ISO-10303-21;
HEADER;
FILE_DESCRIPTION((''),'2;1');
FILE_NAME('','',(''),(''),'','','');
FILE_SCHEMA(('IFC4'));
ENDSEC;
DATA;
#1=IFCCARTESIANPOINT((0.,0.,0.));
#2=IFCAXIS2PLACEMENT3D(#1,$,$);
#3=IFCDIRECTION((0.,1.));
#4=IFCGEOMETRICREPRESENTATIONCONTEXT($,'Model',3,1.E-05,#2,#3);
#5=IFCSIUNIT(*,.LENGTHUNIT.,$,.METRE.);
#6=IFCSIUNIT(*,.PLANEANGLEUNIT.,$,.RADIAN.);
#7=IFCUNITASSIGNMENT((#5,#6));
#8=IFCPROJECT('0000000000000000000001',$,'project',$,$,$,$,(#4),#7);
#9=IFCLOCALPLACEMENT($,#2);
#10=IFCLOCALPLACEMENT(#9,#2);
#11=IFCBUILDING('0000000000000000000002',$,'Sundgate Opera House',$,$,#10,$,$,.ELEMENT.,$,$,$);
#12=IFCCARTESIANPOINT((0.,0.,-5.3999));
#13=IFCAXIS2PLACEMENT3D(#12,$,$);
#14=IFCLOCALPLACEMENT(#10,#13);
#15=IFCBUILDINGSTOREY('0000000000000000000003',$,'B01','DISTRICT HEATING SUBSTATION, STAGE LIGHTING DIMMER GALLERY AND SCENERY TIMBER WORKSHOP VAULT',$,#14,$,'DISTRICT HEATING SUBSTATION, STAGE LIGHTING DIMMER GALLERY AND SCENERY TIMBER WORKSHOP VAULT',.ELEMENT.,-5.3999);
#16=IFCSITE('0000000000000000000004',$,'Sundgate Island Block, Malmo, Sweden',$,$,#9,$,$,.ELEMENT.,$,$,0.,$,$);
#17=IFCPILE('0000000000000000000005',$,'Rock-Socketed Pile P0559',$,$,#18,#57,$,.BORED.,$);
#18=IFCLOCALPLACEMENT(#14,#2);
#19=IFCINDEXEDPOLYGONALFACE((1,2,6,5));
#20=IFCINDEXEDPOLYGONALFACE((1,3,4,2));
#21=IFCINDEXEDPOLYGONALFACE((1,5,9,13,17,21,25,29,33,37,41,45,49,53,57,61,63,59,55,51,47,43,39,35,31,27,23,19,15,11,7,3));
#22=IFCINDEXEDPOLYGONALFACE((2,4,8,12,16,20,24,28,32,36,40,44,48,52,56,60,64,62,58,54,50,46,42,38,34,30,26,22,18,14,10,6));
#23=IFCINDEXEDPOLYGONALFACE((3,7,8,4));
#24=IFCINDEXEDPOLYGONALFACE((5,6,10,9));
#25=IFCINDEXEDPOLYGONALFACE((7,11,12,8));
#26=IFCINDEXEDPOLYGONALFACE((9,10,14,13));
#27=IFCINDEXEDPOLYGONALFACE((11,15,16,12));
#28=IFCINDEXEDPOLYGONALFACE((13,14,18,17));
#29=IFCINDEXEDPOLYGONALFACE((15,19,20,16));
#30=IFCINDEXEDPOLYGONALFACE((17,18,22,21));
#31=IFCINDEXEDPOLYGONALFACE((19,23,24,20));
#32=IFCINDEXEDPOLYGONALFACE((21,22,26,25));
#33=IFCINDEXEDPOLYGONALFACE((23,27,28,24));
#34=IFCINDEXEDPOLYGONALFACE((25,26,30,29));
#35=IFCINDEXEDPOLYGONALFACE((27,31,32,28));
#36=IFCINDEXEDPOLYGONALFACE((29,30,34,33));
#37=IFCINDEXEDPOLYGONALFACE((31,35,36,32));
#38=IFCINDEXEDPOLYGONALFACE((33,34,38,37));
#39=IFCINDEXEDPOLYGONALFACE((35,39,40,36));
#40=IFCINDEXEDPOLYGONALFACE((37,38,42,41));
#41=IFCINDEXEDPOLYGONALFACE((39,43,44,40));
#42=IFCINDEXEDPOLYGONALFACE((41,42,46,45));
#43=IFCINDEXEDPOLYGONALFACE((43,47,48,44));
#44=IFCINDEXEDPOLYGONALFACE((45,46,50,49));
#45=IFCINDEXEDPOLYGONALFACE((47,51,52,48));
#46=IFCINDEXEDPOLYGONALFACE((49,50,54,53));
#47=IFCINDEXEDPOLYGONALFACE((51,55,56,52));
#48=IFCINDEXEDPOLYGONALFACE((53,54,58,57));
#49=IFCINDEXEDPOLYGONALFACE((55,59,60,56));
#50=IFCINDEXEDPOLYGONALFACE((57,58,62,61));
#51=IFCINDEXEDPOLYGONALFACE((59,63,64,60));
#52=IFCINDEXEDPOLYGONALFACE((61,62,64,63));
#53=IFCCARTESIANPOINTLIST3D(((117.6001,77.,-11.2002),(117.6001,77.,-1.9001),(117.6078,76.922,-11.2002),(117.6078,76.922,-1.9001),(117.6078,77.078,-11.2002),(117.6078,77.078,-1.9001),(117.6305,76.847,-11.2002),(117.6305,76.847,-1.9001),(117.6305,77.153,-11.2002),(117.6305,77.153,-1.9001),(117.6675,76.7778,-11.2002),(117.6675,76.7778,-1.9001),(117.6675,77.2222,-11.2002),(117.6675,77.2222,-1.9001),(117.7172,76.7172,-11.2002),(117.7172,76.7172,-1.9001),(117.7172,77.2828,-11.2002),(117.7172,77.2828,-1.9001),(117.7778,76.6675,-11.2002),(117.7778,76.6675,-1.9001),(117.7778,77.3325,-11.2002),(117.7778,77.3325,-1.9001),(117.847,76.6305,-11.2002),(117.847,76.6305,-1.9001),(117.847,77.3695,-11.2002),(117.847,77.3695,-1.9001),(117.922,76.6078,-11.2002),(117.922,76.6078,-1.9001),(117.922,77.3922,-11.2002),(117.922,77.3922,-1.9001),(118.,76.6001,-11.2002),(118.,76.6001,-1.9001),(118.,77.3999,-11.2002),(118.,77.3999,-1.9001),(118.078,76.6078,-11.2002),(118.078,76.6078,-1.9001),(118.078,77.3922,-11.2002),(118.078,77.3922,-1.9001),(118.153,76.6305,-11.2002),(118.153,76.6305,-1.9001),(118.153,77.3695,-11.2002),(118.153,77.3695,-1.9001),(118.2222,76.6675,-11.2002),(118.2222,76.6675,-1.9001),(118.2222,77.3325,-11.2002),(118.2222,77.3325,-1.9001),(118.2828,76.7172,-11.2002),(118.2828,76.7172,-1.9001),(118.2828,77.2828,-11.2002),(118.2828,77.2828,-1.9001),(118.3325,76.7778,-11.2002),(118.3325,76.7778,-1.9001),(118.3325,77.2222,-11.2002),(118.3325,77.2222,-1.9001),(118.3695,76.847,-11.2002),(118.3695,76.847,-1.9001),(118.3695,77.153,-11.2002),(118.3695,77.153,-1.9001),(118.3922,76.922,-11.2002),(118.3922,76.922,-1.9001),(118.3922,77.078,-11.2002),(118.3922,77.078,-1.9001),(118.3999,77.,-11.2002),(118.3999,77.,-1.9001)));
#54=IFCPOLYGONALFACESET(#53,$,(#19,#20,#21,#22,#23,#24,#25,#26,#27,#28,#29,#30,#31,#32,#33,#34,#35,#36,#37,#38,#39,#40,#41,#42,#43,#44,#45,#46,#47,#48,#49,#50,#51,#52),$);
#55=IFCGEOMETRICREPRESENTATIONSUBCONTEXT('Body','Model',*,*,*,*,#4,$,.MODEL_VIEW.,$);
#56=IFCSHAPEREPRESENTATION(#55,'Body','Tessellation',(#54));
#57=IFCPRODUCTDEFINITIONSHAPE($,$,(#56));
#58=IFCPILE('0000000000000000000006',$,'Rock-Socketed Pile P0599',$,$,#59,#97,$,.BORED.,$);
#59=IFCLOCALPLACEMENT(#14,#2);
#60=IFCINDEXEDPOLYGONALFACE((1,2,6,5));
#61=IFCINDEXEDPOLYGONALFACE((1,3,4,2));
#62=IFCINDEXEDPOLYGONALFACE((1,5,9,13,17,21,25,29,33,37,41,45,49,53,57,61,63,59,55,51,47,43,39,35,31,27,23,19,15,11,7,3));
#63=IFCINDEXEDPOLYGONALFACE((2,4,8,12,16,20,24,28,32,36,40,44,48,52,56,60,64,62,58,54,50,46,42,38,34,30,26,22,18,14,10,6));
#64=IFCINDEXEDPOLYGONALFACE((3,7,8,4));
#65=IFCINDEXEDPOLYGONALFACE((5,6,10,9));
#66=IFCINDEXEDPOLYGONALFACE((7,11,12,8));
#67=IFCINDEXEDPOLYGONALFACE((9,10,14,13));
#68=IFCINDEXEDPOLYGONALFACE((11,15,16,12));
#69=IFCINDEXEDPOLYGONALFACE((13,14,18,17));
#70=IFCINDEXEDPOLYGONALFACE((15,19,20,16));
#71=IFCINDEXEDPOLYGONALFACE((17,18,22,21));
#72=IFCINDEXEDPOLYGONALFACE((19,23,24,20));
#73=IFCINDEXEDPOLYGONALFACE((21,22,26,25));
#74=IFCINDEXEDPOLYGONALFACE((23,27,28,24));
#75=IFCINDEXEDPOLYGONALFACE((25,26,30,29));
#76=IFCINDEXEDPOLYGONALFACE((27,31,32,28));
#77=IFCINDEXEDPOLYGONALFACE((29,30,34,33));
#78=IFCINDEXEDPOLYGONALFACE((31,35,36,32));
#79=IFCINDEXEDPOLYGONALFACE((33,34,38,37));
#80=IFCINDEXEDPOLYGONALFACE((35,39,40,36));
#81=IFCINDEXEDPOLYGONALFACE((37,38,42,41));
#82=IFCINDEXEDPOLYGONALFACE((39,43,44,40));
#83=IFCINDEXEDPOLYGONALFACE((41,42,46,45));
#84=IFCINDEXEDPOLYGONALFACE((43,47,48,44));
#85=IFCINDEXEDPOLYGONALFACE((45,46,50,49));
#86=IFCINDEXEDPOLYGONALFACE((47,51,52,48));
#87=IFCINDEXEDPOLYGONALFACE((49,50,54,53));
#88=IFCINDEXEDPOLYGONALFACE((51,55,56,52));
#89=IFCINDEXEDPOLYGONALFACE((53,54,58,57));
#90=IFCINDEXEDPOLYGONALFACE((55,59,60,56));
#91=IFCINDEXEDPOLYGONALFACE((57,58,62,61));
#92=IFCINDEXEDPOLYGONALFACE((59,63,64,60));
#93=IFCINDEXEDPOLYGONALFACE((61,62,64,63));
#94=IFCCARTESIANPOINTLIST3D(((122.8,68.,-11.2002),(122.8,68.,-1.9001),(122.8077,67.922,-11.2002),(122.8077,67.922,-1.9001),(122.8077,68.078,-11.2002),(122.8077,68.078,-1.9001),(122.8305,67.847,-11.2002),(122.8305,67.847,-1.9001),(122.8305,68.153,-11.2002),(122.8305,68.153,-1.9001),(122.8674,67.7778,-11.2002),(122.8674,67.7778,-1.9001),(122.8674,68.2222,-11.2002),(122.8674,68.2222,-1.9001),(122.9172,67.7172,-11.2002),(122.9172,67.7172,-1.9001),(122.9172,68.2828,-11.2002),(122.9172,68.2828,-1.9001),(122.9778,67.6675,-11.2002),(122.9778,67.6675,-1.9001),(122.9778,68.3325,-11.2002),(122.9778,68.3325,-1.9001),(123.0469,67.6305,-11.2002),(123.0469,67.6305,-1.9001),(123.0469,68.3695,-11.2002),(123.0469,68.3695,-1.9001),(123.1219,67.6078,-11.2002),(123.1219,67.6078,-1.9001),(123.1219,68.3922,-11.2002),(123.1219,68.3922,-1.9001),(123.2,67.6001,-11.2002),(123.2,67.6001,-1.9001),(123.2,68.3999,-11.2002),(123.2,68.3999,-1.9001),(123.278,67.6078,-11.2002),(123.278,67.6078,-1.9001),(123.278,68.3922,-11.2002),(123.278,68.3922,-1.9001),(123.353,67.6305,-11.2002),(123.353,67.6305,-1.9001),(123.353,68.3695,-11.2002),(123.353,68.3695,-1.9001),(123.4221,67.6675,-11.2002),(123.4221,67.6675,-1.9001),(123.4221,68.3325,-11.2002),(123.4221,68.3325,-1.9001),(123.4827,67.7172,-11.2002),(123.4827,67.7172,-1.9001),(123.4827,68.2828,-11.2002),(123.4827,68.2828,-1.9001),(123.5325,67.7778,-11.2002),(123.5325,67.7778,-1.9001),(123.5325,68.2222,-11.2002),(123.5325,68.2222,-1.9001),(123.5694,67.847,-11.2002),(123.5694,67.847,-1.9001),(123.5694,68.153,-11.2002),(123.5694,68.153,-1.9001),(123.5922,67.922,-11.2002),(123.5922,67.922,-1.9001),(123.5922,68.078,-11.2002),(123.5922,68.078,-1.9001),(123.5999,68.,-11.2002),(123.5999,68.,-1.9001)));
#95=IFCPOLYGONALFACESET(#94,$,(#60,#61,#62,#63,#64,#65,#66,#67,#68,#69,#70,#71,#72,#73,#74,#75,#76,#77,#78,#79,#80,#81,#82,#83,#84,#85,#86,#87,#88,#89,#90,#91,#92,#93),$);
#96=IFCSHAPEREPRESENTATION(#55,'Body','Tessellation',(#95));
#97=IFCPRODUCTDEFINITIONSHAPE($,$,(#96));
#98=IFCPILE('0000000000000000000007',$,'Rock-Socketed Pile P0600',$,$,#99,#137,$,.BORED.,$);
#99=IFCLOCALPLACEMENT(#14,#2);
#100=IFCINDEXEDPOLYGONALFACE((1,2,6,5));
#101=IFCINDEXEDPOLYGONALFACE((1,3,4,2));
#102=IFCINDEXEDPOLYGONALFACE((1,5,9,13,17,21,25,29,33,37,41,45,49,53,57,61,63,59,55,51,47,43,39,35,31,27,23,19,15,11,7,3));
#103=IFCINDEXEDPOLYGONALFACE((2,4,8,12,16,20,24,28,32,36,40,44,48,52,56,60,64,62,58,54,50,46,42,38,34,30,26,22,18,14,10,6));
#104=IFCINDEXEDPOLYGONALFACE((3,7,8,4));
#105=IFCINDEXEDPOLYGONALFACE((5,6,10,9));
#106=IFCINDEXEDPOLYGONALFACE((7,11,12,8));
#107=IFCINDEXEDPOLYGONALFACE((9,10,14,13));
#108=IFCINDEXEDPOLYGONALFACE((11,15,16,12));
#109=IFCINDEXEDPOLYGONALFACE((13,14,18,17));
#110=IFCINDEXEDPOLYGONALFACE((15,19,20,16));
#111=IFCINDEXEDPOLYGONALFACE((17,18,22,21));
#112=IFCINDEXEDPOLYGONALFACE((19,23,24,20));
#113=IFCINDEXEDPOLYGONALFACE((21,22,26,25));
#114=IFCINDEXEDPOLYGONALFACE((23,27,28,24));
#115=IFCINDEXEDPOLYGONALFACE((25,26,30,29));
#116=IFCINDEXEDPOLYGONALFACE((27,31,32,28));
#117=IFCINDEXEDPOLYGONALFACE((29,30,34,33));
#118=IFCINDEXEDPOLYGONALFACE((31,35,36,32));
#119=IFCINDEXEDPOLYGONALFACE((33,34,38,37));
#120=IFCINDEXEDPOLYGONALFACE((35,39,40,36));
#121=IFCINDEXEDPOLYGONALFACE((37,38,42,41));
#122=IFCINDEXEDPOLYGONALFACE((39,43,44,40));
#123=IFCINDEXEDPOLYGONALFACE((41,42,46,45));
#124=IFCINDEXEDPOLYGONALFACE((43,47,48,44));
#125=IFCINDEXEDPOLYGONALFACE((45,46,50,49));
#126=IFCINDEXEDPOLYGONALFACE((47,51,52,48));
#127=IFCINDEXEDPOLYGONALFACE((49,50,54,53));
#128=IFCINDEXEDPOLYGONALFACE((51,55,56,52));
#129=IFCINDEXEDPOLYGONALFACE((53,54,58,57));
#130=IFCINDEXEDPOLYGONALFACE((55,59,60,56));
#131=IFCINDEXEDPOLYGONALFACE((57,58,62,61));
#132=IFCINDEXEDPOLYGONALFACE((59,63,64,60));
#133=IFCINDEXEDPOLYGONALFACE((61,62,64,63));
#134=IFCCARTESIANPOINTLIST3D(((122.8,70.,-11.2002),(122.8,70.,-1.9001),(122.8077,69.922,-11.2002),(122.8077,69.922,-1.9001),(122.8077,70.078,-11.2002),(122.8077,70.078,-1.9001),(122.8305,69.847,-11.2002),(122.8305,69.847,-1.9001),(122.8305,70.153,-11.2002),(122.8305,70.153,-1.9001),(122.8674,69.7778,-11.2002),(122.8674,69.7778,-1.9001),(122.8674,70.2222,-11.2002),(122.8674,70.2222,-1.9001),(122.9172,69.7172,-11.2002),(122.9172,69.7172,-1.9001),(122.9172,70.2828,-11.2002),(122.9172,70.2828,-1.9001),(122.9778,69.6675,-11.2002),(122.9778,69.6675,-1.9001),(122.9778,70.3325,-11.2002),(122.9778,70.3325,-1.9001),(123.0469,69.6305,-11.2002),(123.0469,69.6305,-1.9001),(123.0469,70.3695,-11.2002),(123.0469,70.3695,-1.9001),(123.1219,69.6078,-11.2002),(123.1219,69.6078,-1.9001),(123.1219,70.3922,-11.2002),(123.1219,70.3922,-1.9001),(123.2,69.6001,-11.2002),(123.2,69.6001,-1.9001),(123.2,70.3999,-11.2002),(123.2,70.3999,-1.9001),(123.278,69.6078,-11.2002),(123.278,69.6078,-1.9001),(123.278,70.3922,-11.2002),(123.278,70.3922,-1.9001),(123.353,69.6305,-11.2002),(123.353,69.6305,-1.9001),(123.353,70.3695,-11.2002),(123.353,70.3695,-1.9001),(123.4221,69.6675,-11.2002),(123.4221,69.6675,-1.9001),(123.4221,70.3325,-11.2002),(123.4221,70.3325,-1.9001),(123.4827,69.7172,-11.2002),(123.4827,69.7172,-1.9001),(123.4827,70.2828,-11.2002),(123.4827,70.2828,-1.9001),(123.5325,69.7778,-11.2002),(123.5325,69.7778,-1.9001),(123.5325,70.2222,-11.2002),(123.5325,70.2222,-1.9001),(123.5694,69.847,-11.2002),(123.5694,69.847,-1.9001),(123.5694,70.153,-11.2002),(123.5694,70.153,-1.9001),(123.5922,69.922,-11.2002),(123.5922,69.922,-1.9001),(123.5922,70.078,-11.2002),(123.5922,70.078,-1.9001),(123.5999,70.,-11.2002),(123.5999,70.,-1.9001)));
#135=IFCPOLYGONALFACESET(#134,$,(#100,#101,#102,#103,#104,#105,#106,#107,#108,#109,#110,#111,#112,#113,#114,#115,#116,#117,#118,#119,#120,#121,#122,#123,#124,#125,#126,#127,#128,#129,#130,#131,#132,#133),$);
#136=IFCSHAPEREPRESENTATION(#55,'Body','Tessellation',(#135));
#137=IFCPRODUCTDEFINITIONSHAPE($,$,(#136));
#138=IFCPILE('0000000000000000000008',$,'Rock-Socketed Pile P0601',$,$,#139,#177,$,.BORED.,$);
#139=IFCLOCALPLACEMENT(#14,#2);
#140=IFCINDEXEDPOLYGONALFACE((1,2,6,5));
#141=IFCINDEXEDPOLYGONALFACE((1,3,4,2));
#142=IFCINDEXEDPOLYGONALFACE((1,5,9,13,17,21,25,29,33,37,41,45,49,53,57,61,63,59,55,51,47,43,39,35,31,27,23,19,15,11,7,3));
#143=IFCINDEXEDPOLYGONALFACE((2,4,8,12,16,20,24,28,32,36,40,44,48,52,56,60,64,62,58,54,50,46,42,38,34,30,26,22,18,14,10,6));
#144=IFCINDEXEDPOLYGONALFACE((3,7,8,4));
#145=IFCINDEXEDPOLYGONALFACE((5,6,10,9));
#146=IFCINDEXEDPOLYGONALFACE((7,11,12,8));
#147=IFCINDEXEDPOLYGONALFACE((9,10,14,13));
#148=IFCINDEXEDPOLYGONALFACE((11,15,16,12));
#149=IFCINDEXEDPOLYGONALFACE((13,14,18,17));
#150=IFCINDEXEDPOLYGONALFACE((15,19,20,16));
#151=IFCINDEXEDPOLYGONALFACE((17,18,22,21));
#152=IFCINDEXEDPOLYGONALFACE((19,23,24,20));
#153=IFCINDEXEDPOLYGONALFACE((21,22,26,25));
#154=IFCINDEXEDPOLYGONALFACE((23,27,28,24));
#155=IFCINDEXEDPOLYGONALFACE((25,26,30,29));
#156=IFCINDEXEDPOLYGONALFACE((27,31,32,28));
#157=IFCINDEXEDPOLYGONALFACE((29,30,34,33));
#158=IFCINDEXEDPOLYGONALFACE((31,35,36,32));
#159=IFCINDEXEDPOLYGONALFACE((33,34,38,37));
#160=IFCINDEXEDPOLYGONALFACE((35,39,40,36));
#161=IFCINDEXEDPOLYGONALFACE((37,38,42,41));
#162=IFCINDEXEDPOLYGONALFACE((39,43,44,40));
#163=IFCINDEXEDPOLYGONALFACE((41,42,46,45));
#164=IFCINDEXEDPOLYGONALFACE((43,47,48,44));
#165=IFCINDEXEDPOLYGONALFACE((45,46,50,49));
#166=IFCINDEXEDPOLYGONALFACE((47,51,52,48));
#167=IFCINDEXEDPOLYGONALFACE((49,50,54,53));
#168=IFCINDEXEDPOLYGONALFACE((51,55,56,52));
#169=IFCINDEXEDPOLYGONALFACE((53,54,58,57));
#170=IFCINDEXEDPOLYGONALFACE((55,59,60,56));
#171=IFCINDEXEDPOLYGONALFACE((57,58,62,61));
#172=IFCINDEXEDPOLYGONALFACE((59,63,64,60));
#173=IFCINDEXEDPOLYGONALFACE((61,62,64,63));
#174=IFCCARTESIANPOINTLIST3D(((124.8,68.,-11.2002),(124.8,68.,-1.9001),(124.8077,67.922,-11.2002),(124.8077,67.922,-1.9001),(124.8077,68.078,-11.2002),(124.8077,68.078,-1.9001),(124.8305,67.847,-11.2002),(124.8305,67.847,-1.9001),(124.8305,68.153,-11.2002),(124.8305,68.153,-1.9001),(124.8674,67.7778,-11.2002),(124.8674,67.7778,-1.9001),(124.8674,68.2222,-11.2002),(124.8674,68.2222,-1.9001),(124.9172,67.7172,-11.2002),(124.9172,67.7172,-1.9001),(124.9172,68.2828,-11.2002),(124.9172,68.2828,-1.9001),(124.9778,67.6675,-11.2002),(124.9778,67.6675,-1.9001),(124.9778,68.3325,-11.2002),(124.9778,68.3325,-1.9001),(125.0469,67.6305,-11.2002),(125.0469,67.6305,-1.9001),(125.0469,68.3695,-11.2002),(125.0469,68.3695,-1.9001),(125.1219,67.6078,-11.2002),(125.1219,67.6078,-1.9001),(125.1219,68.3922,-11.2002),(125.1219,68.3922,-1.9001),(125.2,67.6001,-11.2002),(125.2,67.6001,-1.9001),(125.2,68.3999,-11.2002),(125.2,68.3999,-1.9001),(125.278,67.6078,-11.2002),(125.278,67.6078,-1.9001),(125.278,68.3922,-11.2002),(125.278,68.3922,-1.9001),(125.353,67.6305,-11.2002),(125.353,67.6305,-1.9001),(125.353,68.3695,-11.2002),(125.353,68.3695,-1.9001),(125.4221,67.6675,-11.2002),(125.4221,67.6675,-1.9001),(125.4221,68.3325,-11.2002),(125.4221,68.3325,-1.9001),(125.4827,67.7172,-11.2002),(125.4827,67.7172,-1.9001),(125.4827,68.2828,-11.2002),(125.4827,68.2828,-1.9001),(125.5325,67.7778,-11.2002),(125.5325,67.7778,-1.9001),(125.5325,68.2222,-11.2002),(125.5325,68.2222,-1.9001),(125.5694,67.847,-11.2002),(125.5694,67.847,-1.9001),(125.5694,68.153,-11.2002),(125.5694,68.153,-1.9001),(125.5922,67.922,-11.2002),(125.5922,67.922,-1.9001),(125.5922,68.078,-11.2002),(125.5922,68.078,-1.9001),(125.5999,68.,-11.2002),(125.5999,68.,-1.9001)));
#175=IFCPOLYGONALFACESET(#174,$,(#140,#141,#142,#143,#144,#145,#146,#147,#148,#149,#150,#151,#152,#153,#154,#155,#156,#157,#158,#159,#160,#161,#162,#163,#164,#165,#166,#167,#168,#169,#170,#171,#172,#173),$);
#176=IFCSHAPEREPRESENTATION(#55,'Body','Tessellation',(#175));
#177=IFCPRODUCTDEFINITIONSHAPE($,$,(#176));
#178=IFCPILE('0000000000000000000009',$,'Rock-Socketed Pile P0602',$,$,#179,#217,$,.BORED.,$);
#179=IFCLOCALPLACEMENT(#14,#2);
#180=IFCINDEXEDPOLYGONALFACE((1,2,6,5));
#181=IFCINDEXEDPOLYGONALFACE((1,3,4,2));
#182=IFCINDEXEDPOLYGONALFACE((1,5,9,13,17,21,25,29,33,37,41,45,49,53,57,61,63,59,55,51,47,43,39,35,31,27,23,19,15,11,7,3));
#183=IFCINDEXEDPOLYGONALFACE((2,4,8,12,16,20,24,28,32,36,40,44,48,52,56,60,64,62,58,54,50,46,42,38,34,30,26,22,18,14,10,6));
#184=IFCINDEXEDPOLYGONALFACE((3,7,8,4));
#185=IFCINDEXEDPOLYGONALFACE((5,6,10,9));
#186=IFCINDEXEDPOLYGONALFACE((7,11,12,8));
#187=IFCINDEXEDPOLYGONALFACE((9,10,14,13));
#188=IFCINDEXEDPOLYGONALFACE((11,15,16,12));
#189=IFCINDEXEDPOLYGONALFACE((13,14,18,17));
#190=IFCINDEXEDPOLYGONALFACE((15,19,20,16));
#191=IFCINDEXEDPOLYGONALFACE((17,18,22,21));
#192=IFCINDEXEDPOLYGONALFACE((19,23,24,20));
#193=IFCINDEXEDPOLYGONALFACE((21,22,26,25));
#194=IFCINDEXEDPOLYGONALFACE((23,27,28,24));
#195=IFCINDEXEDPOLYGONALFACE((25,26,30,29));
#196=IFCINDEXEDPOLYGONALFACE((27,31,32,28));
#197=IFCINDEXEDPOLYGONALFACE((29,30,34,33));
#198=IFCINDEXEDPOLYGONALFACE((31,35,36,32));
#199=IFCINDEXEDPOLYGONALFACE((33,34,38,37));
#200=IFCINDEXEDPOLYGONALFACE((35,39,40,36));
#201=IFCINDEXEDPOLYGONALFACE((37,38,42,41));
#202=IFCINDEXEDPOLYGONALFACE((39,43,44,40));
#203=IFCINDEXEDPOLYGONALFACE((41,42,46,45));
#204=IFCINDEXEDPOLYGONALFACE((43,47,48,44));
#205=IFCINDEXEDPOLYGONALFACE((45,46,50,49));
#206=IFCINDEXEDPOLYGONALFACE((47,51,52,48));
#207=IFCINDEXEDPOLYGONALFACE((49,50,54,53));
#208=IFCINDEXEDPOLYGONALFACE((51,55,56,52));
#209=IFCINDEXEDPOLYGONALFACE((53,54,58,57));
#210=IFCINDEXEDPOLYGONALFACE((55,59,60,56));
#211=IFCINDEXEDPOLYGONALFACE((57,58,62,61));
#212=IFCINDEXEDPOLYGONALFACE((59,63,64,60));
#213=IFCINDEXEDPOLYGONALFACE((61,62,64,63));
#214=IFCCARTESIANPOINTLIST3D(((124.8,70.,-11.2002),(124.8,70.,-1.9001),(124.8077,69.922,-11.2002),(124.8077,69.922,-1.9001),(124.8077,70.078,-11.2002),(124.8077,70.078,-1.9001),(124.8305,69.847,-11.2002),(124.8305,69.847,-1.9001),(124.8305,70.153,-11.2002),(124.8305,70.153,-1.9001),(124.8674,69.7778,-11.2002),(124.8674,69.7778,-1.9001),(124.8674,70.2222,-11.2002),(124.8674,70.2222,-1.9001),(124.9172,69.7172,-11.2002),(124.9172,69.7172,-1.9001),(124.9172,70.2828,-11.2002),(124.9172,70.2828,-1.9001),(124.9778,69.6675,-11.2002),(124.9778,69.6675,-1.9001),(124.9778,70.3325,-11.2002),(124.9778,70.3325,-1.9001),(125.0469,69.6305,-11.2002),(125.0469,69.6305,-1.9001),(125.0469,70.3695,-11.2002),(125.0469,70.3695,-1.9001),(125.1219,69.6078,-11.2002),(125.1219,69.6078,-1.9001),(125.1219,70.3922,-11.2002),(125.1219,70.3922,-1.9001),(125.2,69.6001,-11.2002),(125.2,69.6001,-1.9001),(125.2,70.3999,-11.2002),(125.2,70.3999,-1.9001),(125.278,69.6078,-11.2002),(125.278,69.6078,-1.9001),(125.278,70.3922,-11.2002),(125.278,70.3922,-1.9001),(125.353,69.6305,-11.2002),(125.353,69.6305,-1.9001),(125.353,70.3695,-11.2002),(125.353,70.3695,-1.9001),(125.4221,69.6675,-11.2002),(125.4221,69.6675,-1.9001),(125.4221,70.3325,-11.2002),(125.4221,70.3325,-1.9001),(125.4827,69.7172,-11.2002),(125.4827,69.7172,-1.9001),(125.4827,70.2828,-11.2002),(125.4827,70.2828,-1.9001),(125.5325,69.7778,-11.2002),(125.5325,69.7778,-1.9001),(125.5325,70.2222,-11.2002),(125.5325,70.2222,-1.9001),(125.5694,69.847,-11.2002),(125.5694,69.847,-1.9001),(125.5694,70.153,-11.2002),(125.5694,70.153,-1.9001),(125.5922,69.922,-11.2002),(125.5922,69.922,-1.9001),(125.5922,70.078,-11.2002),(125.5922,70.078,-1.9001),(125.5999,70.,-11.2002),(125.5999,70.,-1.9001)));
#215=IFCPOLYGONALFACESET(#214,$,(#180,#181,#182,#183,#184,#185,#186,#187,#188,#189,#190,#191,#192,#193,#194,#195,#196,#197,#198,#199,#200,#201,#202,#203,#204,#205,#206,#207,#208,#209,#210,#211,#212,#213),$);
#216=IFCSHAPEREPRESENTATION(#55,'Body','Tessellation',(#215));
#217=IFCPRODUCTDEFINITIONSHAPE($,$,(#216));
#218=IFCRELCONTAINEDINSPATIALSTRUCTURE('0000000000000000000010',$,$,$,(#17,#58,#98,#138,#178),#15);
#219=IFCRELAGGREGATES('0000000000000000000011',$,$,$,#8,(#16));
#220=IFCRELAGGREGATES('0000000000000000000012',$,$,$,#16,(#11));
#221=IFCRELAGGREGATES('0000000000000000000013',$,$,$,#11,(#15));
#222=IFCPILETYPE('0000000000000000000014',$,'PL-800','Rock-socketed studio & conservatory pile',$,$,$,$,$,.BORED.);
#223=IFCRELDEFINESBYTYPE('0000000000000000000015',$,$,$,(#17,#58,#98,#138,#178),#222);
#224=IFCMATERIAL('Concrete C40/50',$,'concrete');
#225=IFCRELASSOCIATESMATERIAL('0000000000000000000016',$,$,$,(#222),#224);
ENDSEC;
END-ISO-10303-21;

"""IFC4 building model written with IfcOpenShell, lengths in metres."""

from ifc_helpers import new_model, si_unit, direction, frame, origin, origin_2d, place, context, subcontext, project, spatial, circle, extrude, material, material_profile, profile_set, type_object, element, save


model = new_model("IFC4")

# Units and contexts
model_context = context("Model", 3, precision=1e-05, world=origin(), true_north=direction((0.0, 1.0)))
body_context = subcontext(model_context, "Body", "Model", "MODEL_VIEW")
ifc_project = project(units=[si_unit("LENGTHUNIT", "METRE"), si_unit("PLANEANGLEUNIT", "RADIAN")], contexts=[model_context])

# Site, building, storey
site_placement = place(None, origin())
site = spatial("IfcSite", under=ifc_project, at=site_placement, Name="Sundgate Island Block, Malmo, Sweden", CompositionType="ELEMENT", RefElevation=0.0)
building_placement = place(site_placement, origin())
building = spatial("IfcBuilding", under=site, at=building_placement, Name="Sundgate Opera House", CompositionType="ELEMENT")
storey_placement = place(building_placement, frame((0.0, 0.0, -5.3999)))
storey = spatial("IfcBuildingStorey", under=building, at=storey_placement, Name="B01", Description="DISTRICT HEATING SUBSTATION, STAGE LIGHTING DIMMER GALLERY AND SCENERY TIMBER WORKSHOP VAULT", LongName="DISTRICT HEATING SUBSTATION, STAGE LIGHTING DIMMER GALLERY AND SCENERY TIMBER WORKSHOP VAULT", CompositionType="ELEMENT", Elevation=-5.3999)

# Piles
ifc_material_1 = material(Name="Concrete C40/50", Category="concrete")
ifc_material_profile_1 = material_profile(ifc_material_1, circle(Radius=0.3999, at=origin_2d()), Name="PILE D800")
ifc_profile_set_1 = profile_set([ifc_material_profile_1], Name="Concrete C40/50")
pile_type = type_object("IfcPileType", Name="PL-800", Description="Rock-socketed studio & conservatory pile", PredefinedType="BORED", material=ifc_profile_set_1)
for number, where, z_axis, x_axis, name in (
    (1, (118.0, 77.0, -1.9001), (0.0, 0.0, -1.0), (1.0, 0.0, 0.0), "Rock-Socketed Pile P0559"),
    (2, (123.2, 68.0, -1.9001), (0.0, 0.0, -1.0), (1.0, 0.0, 0.0), "Rock-Socketed Pile P0599"),
    (3, (123.2, 70.0, -1.9001), (0.0, 0.0, -1.0), (1.0, 0.0, 0.0), "Rock-Socketed Pile P0600"),
    (4, (125.2, 68.0, -1.9001), (0.0, 0.0, -1.0), (1.0, 0.0, 0.0), "Rock-Socketed Pile P0601"),
    (5, (125.2, 70.0, -1.9001), (0.0, 0.0, -1.0), (1.0, 0.0, 0.0), "Rock-Socketed Pile P0602"),
):
    element("IfcPile", number, at=place(storey_placement, frame(where, z_axis=z_axis, x_axis=x_axis)), inside=storey, type_object=pile_type, Name=name, PredefinedType="BORED", context=body_context, shape_type="SweptSolid", body=[
        extrude(circle(Radius=0.3999, at=origin_2d()), origin(), (0.0, 0.0, 1.0), 9.3),
    ])

save(model, "model.ifc")
